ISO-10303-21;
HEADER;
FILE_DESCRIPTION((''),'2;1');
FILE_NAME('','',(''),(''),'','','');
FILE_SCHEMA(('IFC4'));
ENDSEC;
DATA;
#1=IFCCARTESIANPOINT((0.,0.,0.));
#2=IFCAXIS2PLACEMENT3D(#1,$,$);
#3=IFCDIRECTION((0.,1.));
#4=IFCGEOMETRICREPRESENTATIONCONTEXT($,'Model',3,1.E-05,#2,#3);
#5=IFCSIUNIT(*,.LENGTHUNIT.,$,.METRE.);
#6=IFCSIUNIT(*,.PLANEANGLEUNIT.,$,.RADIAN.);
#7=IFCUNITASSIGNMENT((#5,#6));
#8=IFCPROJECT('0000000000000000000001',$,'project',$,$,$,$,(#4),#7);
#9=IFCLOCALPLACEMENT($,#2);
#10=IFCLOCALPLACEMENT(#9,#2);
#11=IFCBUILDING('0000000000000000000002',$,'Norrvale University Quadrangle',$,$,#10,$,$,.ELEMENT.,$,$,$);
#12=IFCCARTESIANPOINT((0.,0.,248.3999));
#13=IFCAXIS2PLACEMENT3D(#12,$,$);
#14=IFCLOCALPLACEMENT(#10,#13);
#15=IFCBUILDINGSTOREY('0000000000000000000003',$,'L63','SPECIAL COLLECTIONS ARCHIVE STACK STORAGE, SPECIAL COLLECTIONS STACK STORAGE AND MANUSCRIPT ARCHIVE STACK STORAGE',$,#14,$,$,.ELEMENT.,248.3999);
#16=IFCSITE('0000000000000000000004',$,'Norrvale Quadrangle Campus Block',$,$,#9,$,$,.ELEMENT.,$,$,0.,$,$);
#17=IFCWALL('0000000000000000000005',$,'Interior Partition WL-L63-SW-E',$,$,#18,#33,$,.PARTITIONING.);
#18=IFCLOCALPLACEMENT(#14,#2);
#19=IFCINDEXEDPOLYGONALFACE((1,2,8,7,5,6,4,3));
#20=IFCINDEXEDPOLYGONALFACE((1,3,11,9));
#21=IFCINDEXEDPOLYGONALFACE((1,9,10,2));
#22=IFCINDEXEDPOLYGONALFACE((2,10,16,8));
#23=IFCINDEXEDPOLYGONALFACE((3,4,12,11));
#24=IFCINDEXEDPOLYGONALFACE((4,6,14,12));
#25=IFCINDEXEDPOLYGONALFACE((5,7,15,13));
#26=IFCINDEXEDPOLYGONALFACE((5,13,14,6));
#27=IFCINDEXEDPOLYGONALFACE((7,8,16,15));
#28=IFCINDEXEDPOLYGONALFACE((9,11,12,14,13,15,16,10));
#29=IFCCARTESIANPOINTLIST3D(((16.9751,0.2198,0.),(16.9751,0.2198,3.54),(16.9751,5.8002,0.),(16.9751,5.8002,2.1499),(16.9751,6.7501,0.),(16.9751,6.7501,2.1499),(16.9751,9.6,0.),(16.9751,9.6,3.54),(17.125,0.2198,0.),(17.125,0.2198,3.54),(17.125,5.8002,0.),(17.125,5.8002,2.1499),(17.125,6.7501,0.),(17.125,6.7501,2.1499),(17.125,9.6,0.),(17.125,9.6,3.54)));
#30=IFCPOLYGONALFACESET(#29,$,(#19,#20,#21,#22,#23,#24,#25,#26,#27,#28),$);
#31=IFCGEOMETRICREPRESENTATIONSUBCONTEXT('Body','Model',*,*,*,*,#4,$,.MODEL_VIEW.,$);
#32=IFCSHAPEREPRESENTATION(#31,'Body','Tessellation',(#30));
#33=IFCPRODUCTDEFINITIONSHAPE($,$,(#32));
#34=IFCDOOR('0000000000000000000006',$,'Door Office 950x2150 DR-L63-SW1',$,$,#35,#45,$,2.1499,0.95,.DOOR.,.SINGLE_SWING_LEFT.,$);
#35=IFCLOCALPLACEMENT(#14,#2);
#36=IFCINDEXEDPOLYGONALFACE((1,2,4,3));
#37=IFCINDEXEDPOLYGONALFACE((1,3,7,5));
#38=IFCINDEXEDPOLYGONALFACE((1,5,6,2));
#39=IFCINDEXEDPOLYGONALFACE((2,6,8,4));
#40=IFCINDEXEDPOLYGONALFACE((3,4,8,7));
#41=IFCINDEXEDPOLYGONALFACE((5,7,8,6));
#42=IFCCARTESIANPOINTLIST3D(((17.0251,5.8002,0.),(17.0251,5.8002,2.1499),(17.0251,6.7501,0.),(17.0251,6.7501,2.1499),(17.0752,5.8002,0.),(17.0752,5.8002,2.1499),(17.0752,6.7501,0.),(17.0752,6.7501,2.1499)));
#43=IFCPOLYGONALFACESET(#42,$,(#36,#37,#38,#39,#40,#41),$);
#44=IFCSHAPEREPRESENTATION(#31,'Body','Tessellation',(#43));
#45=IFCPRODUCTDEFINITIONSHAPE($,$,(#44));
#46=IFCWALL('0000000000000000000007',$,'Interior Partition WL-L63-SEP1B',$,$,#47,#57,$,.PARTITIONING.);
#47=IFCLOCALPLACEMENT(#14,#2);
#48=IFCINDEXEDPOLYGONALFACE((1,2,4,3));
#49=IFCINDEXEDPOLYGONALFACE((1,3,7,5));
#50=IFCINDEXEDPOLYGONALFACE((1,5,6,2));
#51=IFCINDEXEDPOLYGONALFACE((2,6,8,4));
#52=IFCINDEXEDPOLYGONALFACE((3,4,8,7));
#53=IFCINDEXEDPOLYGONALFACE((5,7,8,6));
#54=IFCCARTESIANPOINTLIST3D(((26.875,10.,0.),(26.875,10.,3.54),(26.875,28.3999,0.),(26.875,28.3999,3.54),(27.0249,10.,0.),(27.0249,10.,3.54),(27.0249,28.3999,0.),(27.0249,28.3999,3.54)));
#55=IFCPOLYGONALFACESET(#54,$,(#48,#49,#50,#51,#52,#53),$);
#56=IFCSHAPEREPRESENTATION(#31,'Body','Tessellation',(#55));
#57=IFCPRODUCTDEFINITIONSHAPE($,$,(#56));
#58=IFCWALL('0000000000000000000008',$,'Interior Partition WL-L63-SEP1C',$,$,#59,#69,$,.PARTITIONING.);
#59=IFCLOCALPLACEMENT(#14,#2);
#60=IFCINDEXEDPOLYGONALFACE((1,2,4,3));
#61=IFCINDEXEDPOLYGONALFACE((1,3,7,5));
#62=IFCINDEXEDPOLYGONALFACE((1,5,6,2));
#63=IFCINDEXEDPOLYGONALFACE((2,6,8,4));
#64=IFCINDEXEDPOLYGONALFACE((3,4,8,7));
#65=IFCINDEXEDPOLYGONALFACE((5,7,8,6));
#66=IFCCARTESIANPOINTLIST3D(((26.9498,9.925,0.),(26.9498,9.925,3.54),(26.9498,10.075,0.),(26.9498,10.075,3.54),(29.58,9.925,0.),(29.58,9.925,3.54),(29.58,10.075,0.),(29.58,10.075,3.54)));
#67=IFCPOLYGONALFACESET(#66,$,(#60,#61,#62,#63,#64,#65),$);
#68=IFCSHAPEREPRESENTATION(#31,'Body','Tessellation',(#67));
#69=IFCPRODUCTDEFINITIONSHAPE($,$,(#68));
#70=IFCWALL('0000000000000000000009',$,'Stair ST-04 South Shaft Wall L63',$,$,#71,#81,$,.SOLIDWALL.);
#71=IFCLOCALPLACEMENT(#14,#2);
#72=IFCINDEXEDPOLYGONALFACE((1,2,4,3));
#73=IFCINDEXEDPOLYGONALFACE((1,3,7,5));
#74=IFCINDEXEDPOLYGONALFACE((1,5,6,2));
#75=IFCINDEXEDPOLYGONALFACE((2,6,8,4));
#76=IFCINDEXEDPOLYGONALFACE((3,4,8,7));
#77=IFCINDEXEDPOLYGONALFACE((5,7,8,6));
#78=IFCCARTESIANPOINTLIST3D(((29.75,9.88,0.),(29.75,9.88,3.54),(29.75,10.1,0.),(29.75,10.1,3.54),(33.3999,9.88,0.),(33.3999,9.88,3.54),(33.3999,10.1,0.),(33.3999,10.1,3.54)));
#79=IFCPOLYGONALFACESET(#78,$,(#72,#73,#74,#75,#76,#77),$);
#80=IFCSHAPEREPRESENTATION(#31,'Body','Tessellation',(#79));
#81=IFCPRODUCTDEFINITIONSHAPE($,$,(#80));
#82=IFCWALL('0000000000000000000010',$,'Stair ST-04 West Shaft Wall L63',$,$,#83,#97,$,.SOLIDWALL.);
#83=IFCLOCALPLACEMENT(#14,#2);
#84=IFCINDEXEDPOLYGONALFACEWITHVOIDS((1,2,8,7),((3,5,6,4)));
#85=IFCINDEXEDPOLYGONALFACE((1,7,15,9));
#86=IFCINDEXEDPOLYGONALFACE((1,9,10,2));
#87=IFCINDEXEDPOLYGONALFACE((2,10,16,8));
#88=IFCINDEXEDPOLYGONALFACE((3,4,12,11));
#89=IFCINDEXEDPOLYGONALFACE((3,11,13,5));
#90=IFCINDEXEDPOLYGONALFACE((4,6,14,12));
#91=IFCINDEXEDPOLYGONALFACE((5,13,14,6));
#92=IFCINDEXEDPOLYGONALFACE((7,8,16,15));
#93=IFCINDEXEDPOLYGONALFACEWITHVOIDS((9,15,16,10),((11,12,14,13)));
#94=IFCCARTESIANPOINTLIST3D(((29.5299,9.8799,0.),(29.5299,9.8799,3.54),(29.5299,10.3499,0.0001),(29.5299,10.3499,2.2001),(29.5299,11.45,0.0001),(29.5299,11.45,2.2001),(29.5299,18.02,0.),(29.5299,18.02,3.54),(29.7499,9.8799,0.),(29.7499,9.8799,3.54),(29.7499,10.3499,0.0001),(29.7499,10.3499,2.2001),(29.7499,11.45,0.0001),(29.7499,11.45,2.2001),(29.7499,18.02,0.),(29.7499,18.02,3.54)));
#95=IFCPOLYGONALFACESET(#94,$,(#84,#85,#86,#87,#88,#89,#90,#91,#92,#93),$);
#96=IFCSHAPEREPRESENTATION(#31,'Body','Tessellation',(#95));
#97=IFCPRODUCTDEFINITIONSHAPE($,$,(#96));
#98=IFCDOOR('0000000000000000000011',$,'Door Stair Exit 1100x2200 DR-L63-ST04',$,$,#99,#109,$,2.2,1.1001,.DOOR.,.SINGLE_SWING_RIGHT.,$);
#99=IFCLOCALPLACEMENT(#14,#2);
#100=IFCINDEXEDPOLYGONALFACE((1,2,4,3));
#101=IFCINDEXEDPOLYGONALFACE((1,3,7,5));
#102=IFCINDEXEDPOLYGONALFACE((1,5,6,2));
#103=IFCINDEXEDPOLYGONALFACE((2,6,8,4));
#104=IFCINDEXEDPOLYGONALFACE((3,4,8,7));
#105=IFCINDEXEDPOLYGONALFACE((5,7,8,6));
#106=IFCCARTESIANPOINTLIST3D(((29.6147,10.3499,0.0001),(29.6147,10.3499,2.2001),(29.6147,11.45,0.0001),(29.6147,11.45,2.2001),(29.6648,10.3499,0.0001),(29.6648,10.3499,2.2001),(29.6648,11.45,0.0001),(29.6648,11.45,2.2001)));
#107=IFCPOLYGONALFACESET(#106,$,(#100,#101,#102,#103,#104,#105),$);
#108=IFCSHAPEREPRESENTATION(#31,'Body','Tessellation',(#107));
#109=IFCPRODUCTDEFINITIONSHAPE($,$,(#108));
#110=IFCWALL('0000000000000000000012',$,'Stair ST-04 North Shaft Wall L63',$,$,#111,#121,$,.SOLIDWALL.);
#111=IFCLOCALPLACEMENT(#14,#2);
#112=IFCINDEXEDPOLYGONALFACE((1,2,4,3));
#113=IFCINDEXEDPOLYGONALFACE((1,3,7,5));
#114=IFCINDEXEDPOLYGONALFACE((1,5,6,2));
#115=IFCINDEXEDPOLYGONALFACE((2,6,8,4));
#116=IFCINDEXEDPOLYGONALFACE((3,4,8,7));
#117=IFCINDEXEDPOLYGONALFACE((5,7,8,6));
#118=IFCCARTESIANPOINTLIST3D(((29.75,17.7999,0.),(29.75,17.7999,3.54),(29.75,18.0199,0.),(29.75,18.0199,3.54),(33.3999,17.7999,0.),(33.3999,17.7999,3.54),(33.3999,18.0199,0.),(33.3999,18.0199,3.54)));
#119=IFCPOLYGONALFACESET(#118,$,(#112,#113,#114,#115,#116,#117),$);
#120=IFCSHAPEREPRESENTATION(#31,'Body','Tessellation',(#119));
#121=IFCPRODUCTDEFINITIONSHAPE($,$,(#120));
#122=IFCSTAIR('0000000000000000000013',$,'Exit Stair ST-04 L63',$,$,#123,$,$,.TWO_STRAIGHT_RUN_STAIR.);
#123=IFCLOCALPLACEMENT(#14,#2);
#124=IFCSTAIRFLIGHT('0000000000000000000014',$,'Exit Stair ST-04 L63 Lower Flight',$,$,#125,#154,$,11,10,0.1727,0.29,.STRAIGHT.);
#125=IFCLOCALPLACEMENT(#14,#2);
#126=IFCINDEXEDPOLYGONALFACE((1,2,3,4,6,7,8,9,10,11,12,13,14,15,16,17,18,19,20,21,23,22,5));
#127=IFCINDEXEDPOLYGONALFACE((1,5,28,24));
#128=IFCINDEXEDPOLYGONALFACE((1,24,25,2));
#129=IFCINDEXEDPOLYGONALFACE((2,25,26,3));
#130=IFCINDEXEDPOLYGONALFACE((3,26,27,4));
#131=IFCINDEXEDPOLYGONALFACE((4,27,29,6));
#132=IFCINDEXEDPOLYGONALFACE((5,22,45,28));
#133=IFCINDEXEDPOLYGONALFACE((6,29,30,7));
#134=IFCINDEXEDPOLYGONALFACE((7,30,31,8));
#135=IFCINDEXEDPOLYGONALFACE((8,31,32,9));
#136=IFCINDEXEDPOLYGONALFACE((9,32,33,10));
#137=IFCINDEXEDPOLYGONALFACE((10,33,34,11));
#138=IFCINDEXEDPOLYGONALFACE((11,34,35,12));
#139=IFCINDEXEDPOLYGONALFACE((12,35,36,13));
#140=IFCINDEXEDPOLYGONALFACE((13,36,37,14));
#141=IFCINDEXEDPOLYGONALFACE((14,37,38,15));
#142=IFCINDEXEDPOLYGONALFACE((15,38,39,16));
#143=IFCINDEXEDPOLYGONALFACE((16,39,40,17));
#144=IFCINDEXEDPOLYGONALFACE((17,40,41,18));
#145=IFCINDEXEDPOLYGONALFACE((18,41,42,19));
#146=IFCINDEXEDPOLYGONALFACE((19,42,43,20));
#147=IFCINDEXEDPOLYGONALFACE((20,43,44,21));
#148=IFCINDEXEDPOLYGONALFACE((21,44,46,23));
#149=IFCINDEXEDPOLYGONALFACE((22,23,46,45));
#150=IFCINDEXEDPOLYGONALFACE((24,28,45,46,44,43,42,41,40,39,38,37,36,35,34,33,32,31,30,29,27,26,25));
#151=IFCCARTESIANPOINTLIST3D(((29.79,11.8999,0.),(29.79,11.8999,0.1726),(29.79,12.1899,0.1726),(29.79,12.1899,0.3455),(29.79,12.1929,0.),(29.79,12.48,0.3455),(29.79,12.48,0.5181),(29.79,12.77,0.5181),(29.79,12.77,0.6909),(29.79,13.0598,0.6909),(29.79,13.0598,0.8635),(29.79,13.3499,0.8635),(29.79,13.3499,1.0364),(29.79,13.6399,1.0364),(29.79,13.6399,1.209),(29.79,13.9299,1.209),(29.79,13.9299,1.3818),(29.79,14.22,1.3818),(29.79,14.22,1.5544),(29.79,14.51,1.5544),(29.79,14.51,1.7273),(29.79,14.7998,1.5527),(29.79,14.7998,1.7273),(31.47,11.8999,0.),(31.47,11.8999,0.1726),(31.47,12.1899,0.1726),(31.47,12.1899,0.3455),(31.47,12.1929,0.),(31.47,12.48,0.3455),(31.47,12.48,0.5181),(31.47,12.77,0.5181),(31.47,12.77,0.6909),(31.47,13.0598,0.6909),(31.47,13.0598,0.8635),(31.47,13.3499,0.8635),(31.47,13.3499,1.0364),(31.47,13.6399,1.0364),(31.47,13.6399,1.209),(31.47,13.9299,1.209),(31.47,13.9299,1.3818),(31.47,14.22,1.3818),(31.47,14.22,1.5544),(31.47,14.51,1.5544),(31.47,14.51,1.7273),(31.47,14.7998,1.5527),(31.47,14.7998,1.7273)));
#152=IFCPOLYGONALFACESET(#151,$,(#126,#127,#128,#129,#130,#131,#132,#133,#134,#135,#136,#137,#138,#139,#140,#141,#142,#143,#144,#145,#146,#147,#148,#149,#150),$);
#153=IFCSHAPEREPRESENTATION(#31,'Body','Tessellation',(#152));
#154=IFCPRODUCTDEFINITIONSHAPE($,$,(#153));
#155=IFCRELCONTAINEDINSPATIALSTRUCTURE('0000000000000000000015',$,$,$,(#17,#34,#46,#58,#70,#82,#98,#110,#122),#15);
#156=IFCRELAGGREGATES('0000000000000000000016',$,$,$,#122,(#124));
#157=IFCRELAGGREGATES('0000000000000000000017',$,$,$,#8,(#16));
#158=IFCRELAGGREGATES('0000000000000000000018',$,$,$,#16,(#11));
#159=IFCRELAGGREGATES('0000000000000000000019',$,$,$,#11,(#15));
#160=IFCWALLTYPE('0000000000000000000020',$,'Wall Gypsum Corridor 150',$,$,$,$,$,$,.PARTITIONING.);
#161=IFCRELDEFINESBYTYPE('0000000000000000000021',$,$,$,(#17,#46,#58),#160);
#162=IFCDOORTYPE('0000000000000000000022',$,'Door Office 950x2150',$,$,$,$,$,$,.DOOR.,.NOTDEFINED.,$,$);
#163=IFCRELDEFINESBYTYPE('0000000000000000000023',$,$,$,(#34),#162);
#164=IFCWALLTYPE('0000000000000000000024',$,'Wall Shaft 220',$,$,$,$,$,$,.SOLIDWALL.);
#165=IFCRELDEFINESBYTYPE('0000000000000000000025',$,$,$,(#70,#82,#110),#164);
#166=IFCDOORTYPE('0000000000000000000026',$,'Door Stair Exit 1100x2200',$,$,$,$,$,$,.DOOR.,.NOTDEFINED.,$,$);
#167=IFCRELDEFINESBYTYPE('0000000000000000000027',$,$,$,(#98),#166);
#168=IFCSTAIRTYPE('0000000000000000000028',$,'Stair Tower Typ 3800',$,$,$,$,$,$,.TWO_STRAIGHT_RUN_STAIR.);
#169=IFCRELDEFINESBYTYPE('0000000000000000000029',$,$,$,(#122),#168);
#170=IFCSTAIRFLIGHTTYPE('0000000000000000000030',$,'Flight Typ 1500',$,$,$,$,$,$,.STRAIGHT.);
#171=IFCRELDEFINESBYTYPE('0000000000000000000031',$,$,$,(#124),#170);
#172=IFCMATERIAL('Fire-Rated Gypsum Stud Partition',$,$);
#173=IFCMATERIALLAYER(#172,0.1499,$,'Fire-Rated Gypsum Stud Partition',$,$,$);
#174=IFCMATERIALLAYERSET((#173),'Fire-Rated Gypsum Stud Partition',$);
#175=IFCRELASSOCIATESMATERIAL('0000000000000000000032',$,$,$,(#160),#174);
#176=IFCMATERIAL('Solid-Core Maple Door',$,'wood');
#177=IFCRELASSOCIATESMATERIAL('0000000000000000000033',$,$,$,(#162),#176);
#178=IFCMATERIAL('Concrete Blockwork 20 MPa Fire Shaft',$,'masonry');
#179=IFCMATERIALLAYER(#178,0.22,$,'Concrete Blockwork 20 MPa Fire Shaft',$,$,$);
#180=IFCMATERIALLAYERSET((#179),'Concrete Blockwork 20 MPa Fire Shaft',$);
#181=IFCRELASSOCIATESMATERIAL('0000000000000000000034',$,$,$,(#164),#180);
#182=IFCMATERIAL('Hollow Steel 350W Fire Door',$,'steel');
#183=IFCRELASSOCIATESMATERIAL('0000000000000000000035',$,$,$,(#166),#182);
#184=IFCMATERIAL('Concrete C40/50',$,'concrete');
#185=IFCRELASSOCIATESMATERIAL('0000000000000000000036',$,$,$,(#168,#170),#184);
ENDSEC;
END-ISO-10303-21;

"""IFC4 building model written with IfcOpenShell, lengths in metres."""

from ifc_helpers import new_model, si_unit, direction, frame, frame_2d, origin, place, context, subcontext, project, spatial, polyline, rectangle, outline, extrude, material, layer, layer_set, type_object, element, fill, aggregate, save


model = new_model("IFC4")

# Units and contexts
model_context = context("Model", 3, precision=1e-05, world=origin(), true_north=direction((0.0, 1.0)))
body_context = subcontext(model_context, "Body", "Model", "MODEL_VIEW")
ifc_project = project(units=[si_unit("LENGTHUNIT", "METRE"), si_unit("PLANEANGLEUNIT", "RADIAN")], contexts=[model_context])

# Site, building, storey
site_placement = place(None, origin())
site = spatial("IfcSite", under=ifc_project, at=site_placement, Name="Norrvale Quadrangle Campus Block", CompositionType="ELEMENT", RefElevation=0.0)
building_placement = place(site_placement, origin())
building = spatial("IfcBuilding", under=site, at=building_placement, Name="Norrvale University Quadrangle", CompositionType="ELEMENT")
storey_placement = place(building_placement, frame((0.0, 0.0, 248.3999)))
storey = spatial("IfcBuildingStorey", under=building, at=storey_placement, Name="L63", Description="SPECIAL COLLECTIONS ARCHIVE STACK STORAGE, SPECIAL COLLECTIONS STACK STORAGE AND MANUSCRIPT ARCHIVE STACK STORAGE", CompositionType="ELEMENT", Elevation=248.3999)

# Shared definitions
ifc_material_1 = material(Name="Fire-Rated Gypsum Stud Partition")
ifc_layer_1 = layer(ifc_material_1, 0.1499, Name="Fire-Rated Gypsum Stud Partition")
ifc_layer_set_1 = layer_set([ifc_layer_1], Name="Fire-Rated Gypsum Stud Partition")
wall_type_1 = type_object("IfcWallType", Name="Wall Gypsum Corridor 150", PredefinedType="PARTITIONING", material=ifc_layer_set_1)

# Wall, opening, door
wall_1_placement = place(storey_placement, frame((17.05, 0.22, 0.0), z_axis=(0.0, 0.0, 1.0), x_axis=(0.0, 1.0, 0.0)))
wall_1 = element("IfcWall", 1, at=wall_1_placement, inside=storey, type_object=wall_type_1, Name="Interior Partition WL-L63-SW-E", PredefinedType="PARTITIONING", context=body_context, shape_type="SweptSolid", body=[
    extrude(rectangle(XDim=9.3801, YDim=0.1499, at=frame_2d((4.6899, 0.0))), origin(), (0.0, 0.0, 1.0), 3.54),
])
opening_1_placement = place(wall_1_placement, frame((5.5801, 0.0, 0.0)))
opening_1 = element("IfcOpeningElement", 2, at=opening_1_placement, cuts=wall_1, PredefinedType="OPENING", context=body_context, shape_type="SweptSolid", body=[
    extrude(rectangle(XDim=0.95, YDim=2.1499, at=frame_2d((0.4751, 1.075))), frame((0.0, 0.0869, 0.0), z_axis=(0.0, -1.0, 0.0), x_axis=(1.0, 0.0, 0.0)), (0.0, 0.0, 1.0), 0.1738),
])
ifc_material_2 = material(Name="Solid-Core Maple Door", Category="wood")
door_type_1 = type_object("IfcDoorType", Name="Door Office 950x2150", OperationType="NOTDEFINED", PredefinedType="DOOR", material=ifc_material_2)
door_1_placement = place(opening_1_placement, origin())
door_1 = element("IfcDoor", 3, at=door_1_placement, inside=storey, type_object=door_type_1, Name="Door Office 950x2150 DR-L63-SW1", OperationType="SINGLE_SWING_LEFT", OverallHeight=2.1499, OverallWidth=0.95, PredefinedType="DOOR", context=body_context, shape_type="SweptSolid", body=[
    extrude(rectangle(XDim=0.95, YDim=2.1499, at=frame_2d((0.4751, 1.075))), frame((0.0, 0.0249, 0.0), z_axis=(0.0, -1.0, 0.0), x_axis=(1.0, 0.0, 0.0)), (0.0, 0.0, 1.0), 0.05),
])
fill(opening_1, door_1)

# Walls
wall_2_placement = place(storey_placement, frame((26.95, 10.0, 0.0), z_axis=(0.0, 0.0, 1.0), x_axis=(0.0, 1.0, 0.0)))
element("IfcWall", 4, at=wall_2_placement, inside=storey, type_object=wall_type_1, Name="Interior Partition WL-L63-SEP1B", PredefinedType="PARTITIONING", context=body_context, shape_type="SweptSolid", body=[
    extrude(rectangle(XDim=18.3999, YDim=0.1499, at=frame_2d((9.2, 0.0))), origin(), (0.0, 0.0, 1.0), 3.54),
])
wall_3_placement = place(storey_placement, frame((26.95, 10.0, 0.0), z_axis=(0.0, 0.0, 1.0), x_axis=(1.0, 0.0, 0.0)))
element("IfcWall", 5, at=wall_3_placement, inside=storey, type_object=wall_type_1, Name="Interior Partition WL-L63-SEP1C", PredefinedType="PARTITIONING", context=body_context, shape_type="SweptSolid", body=[
    extrude(rectangle(XDim=2.6301, YDim=0.1499, at=frame_2d((1.3149, 0.0))), origin(), (0.0, 0.0, 1.0), 3.54),
])
ifc_material_3 = material(Name="Concrete Blockwork 20 MPa Fire Shaft", Category="masonry")
ifc_layer_2 = layer(ifc_material_3, 0.22, Name="Concrete Blockwork 20 MPa Fire Shaft")
ifc_layer_set_2 = layer_set([ifc_layer_2], Name="Concrete Blockwork 20 MPa Fire Shaft")
wall_type_2 = type_object("IfcWallType", Name="Wall Shaft 220", PredefinedType="SOLIDWALL", material=ifc_layer_set_2)
wall_4_placement = place(storey_placement, frame((29.75, 9.99, 0.0), z_axis=(0.0, 0.0, 1.0), x_axis=(1.0, 0.0, 0.0)))
element("IfcWall", 6, at=wall_4_placement, inside=storey, type_object=wall_type_2, Name="Stair ST-04 South Shaft Wall L63", PredefinedType="SOLIDWALL", context=body_context, shape_type="SweptSolid", body=[
    extrude(rectangle(XDim=3.6499, YDim=0.22, at=frame_2d((1.825, 0.0))), origin(), (0.0, 0.0, 1.0), 3.54),
])

# Wall, opening, door
wall_5_placement = place(storey_placement, frame((29.6399, 9.8799, 0.0), z_axis=(0.0, 0.0, 1.0), x_axis=(0.0, 1.0, 0.0)))
wall_5 = element("IfcWall", 7, at=wall_5_placement, inside=storey, type_object=wall_type_2, Name="Stair ST-04 West Shaft Wall L63", PredefinedType="SOLIDWALL", context=body_context, shape_type="SweptSolid", body=[
    extrude(rectangle(XDim=8.1401, YDim=0.22, at=frame_2d((4.0701, 0.0))), origin(), (0.0, 0.0, 1.0), 3.54),
])
opening_2_placement = place(wall_5_placement, frame((0.47, 0.0, 0.0)))
opening_2 = element("IfcOpeningElement", 8, at=opening_2_placement, cuts=wall_5, PredefinedType="OPENING", context=body_context, shape_type="SweptSolid", body=[
    extrude(rectangle(XDim=1.1001, YDim=2.2, at=frame_2d((0.55, 1.1001))), frame((0.0, 0.1221, 0.0), z_axis=(0.0, -1.0, 0.0), x_axis=(1.0, 0.0, 0.0)), (0.0, 0.0, 1.0), 0.2439),
])
ifc_material_4 = material(Name="Hollow Steel 350W Fire Door", Category="steel")
door_type_2 = type_object("IfcDoorType", Name="Door Stair Exit 1100x2200", OperationType="NOTDEFINED", PredefinedType="DOOR", material=ifc_material_4)
door_2_placement = place(opening_2_placement, frame((1.1001, 0.0, 0.0), z_axis=(0.0, 0.0, 1.0), x_axis=(-1.0, 0.0, 0.0)))
door_2 = element("IfcDoor", 9, at=door_2_placement, inside=storey, type_object=door_type_2, Name="Door Stair Exit 1100x2200 DR-L63-ST04", OperationType="SINGLE_SWING_RIGHT", OverallHeight=2.2, OverallWidth=1.1001, PredefinedType="DOOR", context=body_context, shape_type="SweptSolid", body=[
    extrude(rectangle(XDim=1.1001, YDim=2.2, at=frame_2d((0.55, 1.1001))), frame((0.0, 0.0249, 0.0), z_axis=(0.0, -1.0, 0.0), x_axis=(1.0, 0.0, 0.0)), (0.0, 0.0, 1.0), 0.05),
])
fill(opening_2, door_2)

# Wall
wall_6_placement = place(storey_placement, frame((29.75, 17.9099, 0.0), z_axis=(0.0, 0.0, 1.0), x_axis=(1.0, 0.0, 0.0)))
element("IfcWall", 10, at=wall_6_placement, inside=storey, type_object=wall_type_2, Name="Stair ST-04 North Shaft Wall L63", PredefinedType="SOLIDWALL", context=body_context, shape_type="SweptSolid", body=[
    extrude(rectangle(XDim=3.6499, YDim=0.22, at=frame_2d((1.825, 0.0))), origin(), (0.0, 0.0, 1.0), 3.54),
])

# Stair, stair flight
ifc_material_5 = material(Name="Concrete C40/50", Category="concrete")
stair_type = type_object("IfcStairType", Name="Stair Tower Typ 3800", PredefinedType="TWO_STRAIGHT_RUN_STAIR", material=ifc_material_5)
stair_placement = place(storey_placement, origin())
stair = element("IfcStair", 11, at=stair_placement, inside=storey, type_object=stair_type, Name="Exit Stair ST-04 L63", PredefinedType="TWO_STRAIGHT_RUN_STAIR")
stair_flight_type = type_object("IfcStairFlightType", Name="Flight Typ 1500", PredefinedType="STRAIGHT", material=ifc_material_5)
stair_flight_placement = place(storey_placement, frame((30.6299, 11.8999, 0.0), z_axis=(0.0, 0.0, 1.0), x_axis=(0.0, 1.0, 0.0)))
stair_flight = element("IfcStairFlight", 12, at=stair_flight_placement, type_object=stair_flight_type, Name="Exit Stair ST-04 L63 Lower Flight", NumberOfRisers=11, NumberOfTreads=10, PredefinedType="STRAIGHT", RiserHeight=0.1727, TreadLength=0.29, context=body_context, shape_type="SweptSolid", body=[
    extrude(outline(polyline([(0.0, 0.0), (0.0, 0.1726), (0.29, 0.1726), (0.29, 0.3455), (0.5801, 0.3455), (0.5801, 0.5181), (0.8701, 0.5181), (0.8701, 0.6909), (1.1599, 0.6909), (1.1599, 0.8635), (1.45, 0.8635), (1.45, 1.0364), (1.74, 1.0364), (1.74, 1.209), (2.03, 1.209), (2.03, 1.3818), (2.3201, 1.3818), (2.3201, 1.5544), (2.6101, 1.5544), (2.6101, 1.7273), (2.8999, 1.7273), (2.8999, 1.8999), (2.8999, 1.5527), (0.293, 0.0), (0.0, 0.0)])), frame((0.0, 0.8398, 0.0), z_axis=(0.0, -1.0, 0.0), x_axis=(1.0, 0.0, 0.0)), (0.0, 0.0, 1.0), 1.6799),
])
aggregate(stair, [stair_flight])

save(model, "model.ifc")
